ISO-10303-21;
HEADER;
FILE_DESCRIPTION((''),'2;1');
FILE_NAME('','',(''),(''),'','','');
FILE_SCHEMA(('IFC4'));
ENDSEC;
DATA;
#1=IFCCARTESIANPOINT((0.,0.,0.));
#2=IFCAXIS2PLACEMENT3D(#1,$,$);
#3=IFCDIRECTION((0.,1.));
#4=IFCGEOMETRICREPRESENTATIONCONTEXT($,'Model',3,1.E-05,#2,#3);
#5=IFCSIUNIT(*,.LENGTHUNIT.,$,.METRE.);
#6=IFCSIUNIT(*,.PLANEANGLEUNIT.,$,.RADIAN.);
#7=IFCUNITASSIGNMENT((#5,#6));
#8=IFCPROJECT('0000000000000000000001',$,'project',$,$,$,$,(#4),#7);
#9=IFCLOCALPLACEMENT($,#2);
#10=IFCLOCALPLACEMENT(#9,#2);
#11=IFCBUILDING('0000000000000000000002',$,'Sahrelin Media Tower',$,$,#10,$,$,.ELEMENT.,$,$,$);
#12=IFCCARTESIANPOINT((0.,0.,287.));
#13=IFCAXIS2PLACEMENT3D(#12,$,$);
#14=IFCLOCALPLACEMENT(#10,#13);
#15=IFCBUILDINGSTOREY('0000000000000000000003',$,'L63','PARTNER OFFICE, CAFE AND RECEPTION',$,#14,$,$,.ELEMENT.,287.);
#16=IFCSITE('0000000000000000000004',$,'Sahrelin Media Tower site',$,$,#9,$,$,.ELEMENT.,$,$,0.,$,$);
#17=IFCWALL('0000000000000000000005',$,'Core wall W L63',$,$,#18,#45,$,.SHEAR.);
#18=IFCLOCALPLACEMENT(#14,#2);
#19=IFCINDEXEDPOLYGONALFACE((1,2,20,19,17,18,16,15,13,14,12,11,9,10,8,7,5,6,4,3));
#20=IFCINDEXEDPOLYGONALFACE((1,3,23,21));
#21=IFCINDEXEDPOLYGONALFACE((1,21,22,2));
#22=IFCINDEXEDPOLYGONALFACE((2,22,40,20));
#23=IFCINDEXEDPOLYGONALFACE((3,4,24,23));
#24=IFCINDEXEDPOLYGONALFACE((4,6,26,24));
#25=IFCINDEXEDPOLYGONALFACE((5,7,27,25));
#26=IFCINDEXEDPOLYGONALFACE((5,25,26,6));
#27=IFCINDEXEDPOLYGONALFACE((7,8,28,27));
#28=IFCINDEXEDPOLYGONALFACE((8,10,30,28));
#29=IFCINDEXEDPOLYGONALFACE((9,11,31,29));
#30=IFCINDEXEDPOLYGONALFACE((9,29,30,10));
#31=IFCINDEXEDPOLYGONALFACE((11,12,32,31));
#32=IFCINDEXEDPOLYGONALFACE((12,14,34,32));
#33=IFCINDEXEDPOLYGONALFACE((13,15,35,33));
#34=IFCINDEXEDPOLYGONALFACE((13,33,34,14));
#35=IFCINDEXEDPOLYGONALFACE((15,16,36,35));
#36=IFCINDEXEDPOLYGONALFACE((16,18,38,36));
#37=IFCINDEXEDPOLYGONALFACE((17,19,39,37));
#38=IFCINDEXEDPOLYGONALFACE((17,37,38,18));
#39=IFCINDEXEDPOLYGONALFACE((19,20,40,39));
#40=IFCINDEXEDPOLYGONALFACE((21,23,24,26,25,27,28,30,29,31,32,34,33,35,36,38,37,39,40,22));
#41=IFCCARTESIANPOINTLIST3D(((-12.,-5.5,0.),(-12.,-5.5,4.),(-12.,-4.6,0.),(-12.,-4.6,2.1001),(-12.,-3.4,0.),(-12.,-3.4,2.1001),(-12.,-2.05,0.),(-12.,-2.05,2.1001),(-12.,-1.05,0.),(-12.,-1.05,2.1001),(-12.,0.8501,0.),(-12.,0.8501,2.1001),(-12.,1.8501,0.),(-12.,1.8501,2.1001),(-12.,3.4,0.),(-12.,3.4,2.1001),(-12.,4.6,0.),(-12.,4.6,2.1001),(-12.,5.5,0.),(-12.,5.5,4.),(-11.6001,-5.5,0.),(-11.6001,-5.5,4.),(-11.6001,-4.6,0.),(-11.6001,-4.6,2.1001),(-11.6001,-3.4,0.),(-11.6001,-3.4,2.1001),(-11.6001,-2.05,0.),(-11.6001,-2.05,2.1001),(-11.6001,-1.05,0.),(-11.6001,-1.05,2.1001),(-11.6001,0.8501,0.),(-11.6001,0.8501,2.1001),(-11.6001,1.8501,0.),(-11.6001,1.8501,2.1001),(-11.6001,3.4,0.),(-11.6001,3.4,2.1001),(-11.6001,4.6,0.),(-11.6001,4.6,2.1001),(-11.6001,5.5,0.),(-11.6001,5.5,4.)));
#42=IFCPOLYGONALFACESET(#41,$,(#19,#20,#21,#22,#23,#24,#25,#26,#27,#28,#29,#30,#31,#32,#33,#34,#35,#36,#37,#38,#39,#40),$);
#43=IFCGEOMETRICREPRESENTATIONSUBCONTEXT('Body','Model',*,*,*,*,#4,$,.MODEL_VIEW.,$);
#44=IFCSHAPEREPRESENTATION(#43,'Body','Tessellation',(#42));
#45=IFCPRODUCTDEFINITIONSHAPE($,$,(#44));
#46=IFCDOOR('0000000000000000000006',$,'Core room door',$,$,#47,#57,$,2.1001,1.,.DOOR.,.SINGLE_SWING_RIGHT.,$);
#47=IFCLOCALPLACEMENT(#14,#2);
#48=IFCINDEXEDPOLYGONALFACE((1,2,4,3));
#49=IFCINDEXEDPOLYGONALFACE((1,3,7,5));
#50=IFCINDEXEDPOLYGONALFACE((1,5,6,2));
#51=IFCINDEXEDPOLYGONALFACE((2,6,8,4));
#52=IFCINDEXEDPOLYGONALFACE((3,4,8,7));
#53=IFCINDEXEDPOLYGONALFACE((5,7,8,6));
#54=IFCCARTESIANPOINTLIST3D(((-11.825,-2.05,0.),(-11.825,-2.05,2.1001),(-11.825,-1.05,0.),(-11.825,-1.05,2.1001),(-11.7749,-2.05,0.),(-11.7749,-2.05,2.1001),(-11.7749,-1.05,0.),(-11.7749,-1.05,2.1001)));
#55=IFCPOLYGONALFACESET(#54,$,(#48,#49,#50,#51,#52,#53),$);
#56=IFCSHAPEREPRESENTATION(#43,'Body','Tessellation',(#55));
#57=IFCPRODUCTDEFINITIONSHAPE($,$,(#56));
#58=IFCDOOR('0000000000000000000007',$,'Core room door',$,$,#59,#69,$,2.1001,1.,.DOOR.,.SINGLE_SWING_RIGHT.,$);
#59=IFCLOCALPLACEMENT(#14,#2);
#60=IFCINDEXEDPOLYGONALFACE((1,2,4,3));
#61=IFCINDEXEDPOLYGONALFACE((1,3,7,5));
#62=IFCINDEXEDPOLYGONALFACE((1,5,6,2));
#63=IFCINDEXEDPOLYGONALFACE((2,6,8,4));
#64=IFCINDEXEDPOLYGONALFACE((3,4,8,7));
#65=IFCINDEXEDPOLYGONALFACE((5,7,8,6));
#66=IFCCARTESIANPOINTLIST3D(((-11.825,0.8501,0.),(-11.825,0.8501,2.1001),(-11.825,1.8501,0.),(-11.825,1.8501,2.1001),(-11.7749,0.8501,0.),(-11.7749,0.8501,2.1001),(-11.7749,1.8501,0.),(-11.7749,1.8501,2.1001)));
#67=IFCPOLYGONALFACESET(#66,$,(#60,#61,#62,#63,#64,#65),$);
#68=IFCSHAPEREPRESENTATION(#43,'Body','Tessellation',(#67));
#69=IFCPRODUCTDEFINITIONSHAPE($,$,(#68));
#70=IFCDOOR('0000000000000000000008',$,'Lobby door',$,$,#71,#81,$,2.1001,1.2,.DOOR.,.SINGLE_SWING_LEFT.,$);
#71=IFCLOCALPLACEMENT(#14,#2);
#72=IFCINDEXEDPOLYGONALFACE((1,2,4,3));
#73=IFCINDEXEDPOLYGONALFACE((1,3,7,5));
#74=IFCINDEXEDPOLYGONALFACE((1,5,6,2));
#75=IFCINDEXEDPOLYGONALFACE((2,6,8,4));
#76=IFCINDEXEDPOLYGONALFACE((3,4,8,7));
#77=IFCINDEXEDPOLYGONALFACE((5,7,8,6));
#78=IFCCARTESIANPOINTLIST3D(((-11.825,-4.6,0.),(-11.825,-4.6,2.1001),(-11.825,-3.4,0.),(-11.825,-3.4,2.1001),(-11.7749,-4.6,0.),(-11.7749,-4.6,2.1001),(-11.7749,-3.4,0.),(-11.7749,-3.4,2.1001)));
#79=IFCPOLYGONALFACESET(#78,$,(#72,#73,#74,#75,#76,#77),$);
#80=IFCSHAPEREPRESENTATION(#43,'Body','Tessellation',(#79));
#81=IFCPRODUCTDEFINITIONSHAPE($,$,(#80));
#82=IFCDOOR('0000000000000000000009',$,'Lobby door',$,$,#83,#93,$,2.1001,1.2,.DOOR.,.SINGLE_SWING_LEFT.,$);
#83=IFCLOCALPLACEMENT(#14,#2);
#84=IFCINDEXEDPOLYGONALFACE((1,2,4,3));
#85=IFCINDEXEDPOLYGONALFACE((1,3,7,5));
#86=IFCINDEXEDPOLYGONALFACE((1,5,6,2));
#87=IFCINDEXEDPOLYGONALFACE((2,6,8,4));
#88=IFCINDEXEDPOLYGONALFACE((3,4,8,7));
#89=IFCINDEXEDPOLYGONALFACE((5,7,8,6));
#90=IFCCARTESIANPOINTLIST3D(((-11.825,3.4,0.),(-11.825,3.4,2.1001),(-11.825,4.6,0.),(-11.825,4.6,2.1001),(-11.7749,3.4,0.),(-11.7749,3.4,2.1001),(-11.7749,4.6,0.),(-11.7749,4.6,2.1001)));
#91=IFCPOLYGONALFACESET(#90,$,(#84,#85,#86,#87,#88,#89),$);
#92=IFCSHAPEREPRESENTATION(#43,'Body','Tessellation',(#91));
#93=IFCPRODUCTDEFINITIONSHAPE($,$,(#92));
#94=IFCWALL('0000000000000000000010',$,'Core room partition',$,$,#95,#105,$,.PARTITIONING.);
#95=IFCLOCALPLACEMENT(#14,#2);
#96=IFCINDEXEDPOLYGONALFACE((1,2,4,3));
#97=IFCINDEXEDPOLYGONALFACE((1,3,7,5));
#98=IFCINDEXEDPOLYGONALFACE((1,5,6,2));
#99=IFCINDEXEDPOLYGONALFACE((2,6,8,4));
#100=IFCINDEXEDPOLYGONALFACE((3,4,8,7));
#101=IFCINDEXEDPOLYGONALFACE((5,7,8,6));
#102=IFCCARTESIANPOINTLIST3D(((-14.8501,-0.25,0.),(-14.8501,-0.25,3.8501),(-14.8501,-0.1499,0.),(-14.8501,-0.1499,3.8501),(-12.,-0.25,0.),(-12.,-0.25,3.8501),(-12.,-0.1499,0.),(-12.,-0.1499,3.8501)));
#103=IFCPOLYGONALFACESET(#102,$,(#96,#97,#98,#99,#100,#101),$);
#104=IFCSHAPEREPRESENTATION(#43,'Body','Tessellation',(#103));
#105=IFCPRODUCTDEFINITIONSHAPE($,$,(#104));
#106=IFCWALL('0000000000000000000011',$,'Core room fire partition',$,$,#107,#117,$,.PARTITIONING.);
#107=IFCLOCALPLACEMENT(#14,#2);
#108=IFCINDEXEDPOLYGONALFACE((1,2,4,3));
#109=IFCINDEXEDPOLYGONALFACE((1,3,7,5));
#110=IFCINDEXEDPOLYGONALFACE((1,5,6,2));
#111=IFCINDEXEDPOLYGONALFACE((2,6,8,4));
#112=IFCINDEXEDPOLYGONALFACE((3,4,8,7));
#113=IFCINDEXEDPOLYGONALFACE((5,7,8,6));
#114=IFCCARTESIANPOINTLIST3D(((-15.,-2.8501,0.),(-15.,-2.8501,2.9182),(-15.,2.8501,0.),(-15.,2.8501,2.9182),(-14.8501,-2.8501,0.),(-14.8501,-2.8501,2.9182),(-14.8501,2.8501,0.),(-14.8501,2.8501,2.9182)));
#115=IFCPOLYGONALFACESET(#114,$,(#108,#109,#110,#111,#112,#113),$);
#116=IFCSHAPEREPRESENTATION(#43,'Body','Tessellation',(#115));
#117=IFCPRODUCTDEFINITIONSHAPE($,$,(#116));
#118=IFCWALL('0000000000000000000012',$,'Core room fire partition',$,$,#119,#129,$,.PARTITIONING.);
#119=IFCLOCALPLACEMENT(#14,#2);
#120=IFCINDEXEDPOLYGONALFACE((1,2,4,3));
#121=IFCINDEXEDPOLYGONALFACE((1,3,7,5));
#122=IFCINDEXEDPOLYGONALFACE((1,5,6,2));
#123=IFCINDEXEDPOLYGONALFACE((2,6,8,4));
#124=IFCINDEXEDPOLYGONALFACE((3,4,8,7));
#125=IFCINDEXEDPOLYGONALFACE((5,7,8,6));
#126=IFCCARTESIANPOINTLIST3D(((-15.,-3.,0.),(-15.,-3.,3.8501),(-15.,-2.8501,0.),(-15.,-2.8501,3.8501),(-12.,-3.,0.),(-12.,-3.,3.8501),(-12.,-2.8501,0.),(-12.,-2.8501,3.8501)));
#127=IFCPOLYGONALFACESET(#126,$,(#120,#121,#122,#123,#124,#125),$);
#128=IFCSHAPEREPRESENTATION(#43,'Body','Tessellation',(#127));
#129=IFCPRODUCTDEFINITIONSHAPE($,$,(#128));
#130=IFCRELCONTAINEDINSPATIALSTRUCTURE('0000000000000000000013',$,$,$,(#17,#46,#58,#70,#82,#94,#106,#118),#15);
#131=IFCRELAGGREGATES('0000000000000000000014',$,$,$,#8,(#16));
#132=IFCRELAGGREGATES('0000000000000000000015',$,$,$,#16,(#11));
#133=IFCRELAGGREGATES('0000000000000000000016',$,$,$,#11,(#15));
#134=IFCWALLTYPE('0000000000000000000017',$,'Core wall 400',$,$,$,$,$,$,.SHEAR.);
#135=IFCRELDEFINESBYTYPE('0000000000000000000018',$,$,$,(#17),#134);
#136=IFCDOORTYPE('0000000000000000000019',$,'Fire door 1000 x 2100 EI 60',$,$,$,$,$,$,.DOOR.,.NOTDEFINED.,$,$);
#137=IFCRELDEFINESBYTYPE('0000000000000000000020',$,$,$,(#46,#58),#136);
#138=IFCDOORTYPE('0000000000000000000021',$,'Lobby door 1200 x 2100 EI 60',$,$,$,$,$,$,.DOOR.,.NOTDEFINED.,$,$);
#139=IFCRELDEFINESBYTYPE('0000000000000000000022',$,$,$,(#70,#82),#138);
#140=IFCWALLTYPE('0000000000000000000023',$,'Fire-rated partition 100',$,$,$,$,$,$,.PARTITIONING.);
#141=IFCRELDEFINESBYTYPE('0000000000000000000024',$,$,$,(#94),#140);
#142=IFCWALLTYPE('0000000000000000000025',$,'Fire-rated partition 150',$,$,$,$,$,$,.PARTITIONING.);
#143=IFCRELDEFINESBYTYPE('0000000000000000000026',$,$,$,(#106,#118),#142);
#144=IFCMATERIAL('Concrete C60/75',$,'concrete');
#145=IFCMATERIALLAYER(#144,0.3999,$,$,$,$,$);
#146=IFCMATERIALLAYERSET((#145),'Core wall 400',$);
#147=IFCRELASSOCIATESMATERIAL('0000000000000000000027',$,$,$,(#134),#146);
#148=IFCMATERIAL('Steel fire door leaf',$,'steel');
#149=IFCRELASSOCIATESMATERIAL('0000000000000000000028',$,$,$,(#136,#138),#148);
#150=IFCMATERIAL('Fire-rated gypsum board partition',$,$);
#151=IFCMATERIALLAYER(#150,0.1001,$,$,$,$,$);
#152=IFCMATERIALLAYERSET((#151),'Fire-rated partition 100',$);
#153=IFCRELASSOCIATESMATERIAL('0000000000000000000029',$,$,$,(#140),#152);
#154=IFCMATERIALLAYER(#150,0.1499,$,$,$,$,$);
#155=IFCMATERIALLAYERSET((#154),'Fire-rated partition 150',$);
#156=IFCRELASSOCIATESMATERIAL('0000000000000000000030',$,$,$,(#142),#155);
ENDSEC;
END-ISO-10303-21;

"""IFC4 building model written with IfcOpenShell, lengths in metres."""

from ifc_helpers import new_model, si_unit, direction, frame, frame_2d, origin, place, context, subcontext, project, spatial, rectangle, extrude, material, layer, layer_set, type_object, element, fill, save


model = new_model("IFC4")

# Units and contexts
model_context = context("Model", 3, precision=1e-05, world=origin(), true_north=direction((0.0, 1.0)))
body_context = subcontext(model_context, "Body", "Model", "MODEL_VIEW")
ifc_project = project(units=[si_unit("LENGTHUNIT", "METRE"), si_unit("PLANEANGLEUNIT", "RADIAN")], contexts=[model_context])

# Site, building, storey
site_placement = place(None, origin())
site = spatial("IfcSite", under=ifc_project, at=site_placement, Name="Sahrelin Media Tower site", CompositionType="ELEMENT", RefElevation=0.0)
building_placement = place(site_placement, origin())
building = spatial("IfcBuilding", under=site, at=building_placement, Name="Sahrelin Media Tower", CompositionType="ELEMENT")
storey_placement = place(building_placement, frame((0.0, 0.0, 287.0)))
storey = spatial("IfcBuildingStorey", under=building, at=storey_placement, Name="L63", Description="PARTNER OFFICE, CAFE AND RECEPTION", CompositionType="ELEMENT", Elevation=287.0)

# Wall, openings, doors
ifc_material_1 = material(Name="Concrete C60/75", Category="concrete")
ifc_layer_1 = layer(ifc_material_1, 0.3999)
ifc_layer_set_1 = layer_set([ifc_layer_1], Name="Core wall 400")
wall_type_1 = type_object("IfcWallType", Name="Core wall 400", PredefinedType="SHEAR", material=ifc_layer_set_1)
wall_1_placement = place(storey_placement, frame((-11.8, -5.5, 0.0), z_axis=(0.0, 0.0, 1.0), x_axis=(0.0, 1.0, 0.0)))
wall_1 = element("IfcWall", 1, at=wall_1_placement, inside=storey, type_object=wall_type_1, Name="Core wall W L63", PredefinedType="SHEAR", context=body_context, shape_type="SweptSolid", body=[
    extrude(rectangle(XDim=11.0, YDim=0.3999, at=frame_2d((5.5, 0.0))), origin(), (0.0, 0.0, 1.0), 4.0),
])
opening_1_placement = place(wall_1_placement, frame((3.45, 0.0, 0.0)))
opening_1 = element("IfcOpeningElement", 2, at=opening_1_placement, cuts=wall_1, PredefinedType="OPENING", context=body_context, shape_type="SweptSolid", body=[
    extrude(rectangle(XDim=1.0, YDim=2.1001, at=frame_2d((0.5, 1.05))), frame((0.0, 0.2, 0.0), z_axis=(0.0, -1.0, 0.0), x_axis=(1.0, 0.0, 0.0)), (0.0, 0.0, 1.0), 0.3999),
])
opening_2_placement = place(wall_1_placement, frame((6.3501, 0.0, 0.0)))
opening_2 = element("IfcOpeningElement", 3, at=opening_2_placement, cuts=wall_1, PredefinedType="OPENING", context=body_context, shape_type="SweptSolid", body=[
    extrude(rectangle(XDim=1.0, YDim=2.1001, at=frame_2d((0.5, 1.05))), frame((0.0, 0.2, 0.0), z_axis=(0.0, -1.0, 0.0), x_axis=(1.0, 0.0, 0.0)), (0.0, 0.0, 1.0), 0.3999),
])
opening_3_placement = place(wall_1_placement, frame((0.8999, 0.0, 0.0)))
opening_3 = element("IfcOpeningElement", 4, at=opening_3_placement, cuts=wall_1, PredefinedType="OPENING", context=body_context, shape_type="SweptSolid", body=[
    extrude(rectangle(XDim=1.2, YDim=2.1001, at=frame_2d((0.6001, 1.05))), frame((0.0, 0.2, 0.0), z_axis=(0.0, -1.0, 0.0), x_axis=(1.0, 0.0, 0.0)), (0.0, 0.0, 1.0), 0.3999),
])
opening_4_placement = place(wall_1_placement, frame((8.8999, 0.0, 0.0)))
opening_4 = element("IfcOpeningElement", 5, at=opening_4_placement, cuts=wall_1, PredefinedType="OPENING", context=body_context, shape_type="SweptSolid", body=[
    extrude(rectangle(XDim=1.2, YDim=2.1001, at=frame_2d((0.6001, 1.05))), frame((0.0, 0.2, 0.0), z_axis=(0.0, -1.0, 0.0), x_axis=(1.0, 0.0, 0.0)), (0.0, 0.0, 1.0), 0.3999),
])
ifc_material_2 = material(Name="Steel fire door leaf", Category="steel")
door_type_1 = type_object("IfcDoorType", Name="Fire door 1000 x 2100 EI 60", OperationType="NOTDEFINED", PredefinedType="DOOR", material=ifc_material_2)
door_1_placement = place(opening_1_placement, origin())
door_1 = element("IfcDoor", 6, at=door_1_placement, inside=storey, type_object=door_type_1, Name="Core room door", OperationType="SINGLE_SWING_RIGHT", OverallHeight=2.1001, OverallWidth=1.0, PredefinedType="DOOR", context=body_context, shape_type="SweptSolid", body=[
    extrude(rectangle(XDim=1.0, YDim=2.1001, at=frame_2d((0.5, 1.05))), frame((0.0, 0.0249, 0.0), z_axis=(0.0, -1.0, 0.0), x_axis=(1.0, 0.0, 0.0)), (0.0, 0.0, 1.0), 0.05),
])
fill(opening_1, door_1)
door_2_placement = place(opening_2_placement, origin())
door_2 = element("IfcDoor", 7, at=door_2_placement, inside=storey, type_object=door_type_1, Name="Core room door", OperationType="SINGLE_SWING_RIGHT", OverallHeight=2.1001, OverallWidth=1.0, PredefinedType="DOOR", context=body_context, shape_type="SweptSolid", body=[
    extrude(rectangle(XDim=1.0, YDim=2.1001, at=frame_2d((0.5, 1.05))), frame((0.0, 0.0249, 0.0), z_axis=(0.0, -1.0, 0.0), x_axis=(1.0, 0.0, 0.0)), (0.0, 0.0, 1.0), 0.05),
])
fill(opening_2, door_2)
door_type_2 = type_object("IfcDoorType", Name="Lobby door 1200 x 2100 EI 60", OperationType="NOTDEFINED", PredefinedType="DOOR", material=ifc_material_2)
door_3_placement = place(opening_3_placement, origin())
door_3 = element("IfcDoor", 8, at=door_3_placement, inside=storey, type_object=door_type_2, Name="Lobby door", OperationType="SINGLE_SWING_LEFT", OverallHeight=2.1001, OverallWidth=1.2, PredefinedType="DOOR", context=body_context, shape_type="SweptSolid", body=[
    extrude(rectangle(XDim=1.2, YDim=2.1001, at=frame_2d((0.6001, 1.05))), frame((0.0, 0.0249, 0.0), z_axis=(0.0, -1.0, 0.0), x_axis=(1.0, 0.0, 0.0)), (0.0, 0.0, 1.0), 0.05),
])
fill(opening_3, door_3)
door_4_placement = place(opening_4_placement, origin())
door_4 = element("IfcDoor", 9, at=door_4_placement, inside=storey, type_object=door_type_2, Name="Lobby door", OperationType="SINGLE_SWING_LEFT", OverallHeight=2.1001, OverallWidth=1.2, PredefinedType="DOOR", context=body_context, shape_type="SweptSolid", body=[
    extrude(rectangle(XDim=1.2, YDim=2.1001, at=frame_2d((0.6001, 1.05))), frame((0.0, 0.0249, 0.0), z_axis=(0.0, -1.0, 0.0), x_axis=(1.0, 0.0, 0.0)), (0.0, 0.0, 1.0), 0.05),
])
fill(opening_4, door_4)

# Walls
ifc_material_3 = material(Name="Fire-rated gypsum board partition")
ifc_layer_2 = layer(ifc_material_3, 0.1001)
ifc_layer_set_2 = layer_set([ifc_layer_2], Name="Fire-rated partition 100")
wall_type_2 = type_object("IfcWallType", Name="Fire-rated partition 100", PredefinedType="PARTITIONING", material=ifc_layer_set_2)
wall_2_placement = place(storey_placement, frame((-14.8501, -0.2, 0.0), z_axis=(0.0, 0.0, 1.0), x_axis=(1.0, 0.0, 0.0)))
element("IfcWall", 10, at=wall_2_placement, inside=storey, type_object=wall_type_2, Name="Core room partition", PredefinedType="PARTITIONING", context=body_context, shape_type="SweptSolid", body=[
    extrude(rectangle(XDim=2.8501, YDim=0.1001, at=frame_2d((1.425, 0.0))), origin(), (0.0, 0.0, 1.0), 3.8501),
])
ifc_layer_3 = layer(ifc_material_3, 0.1499)
ifc_layer_set_3 = layer_set([ifc_layer_3], Name="Fire-rated partition 150")
wall_type_3 = type_object("IfcWallType", Name="Fire-rated partition 150", PredefinedType="PARTITIONING", material=ifc_layer_set_3)
wall_3_placement = place(storey_placement, frame((-14.925, -2.8501, 0.0), z_axis=(0.0, 0.0, 1.0), x_axis=(0.0, 1.0, 0.0)))
element("IfcWall", 11, at=wall_3_placement, inside=storey, type_object=wall_type_3, Name="Core room fire partition", PredefinedType="PARTITIONING", context=body_context, shape_type="SweptSolid", body=[
    extrude(rectangle(XDim=5.7002, YDim=0.1499, at=frame_2d((2.8501, 0.0))), origin(), (0.0, 0.0, 1.0), 2.9182),
])
wall_4_placement = place(storey_placement, frame((-15.0, -2.925, 0.0), z_axis=(0.0, 0.0, 1.0), x_axis=(1.0, 0.0, 0.0)))
element("IfcWall", 12, at=wall_4_placement, inside=storey, type_object=wall_type_3, Name="Core room fire partition", PredefinedType="PARTITIONING", context=body_context, shape_type="SweptSolid", body=[
    extrude(rectangle(XDim=3.0, YDim=0.1499, at=frame_2d((1.5, 0.0))), origin(), (0.0, 0.0, 1.0), 3.8501),
])

save(model, "model.ifc")
